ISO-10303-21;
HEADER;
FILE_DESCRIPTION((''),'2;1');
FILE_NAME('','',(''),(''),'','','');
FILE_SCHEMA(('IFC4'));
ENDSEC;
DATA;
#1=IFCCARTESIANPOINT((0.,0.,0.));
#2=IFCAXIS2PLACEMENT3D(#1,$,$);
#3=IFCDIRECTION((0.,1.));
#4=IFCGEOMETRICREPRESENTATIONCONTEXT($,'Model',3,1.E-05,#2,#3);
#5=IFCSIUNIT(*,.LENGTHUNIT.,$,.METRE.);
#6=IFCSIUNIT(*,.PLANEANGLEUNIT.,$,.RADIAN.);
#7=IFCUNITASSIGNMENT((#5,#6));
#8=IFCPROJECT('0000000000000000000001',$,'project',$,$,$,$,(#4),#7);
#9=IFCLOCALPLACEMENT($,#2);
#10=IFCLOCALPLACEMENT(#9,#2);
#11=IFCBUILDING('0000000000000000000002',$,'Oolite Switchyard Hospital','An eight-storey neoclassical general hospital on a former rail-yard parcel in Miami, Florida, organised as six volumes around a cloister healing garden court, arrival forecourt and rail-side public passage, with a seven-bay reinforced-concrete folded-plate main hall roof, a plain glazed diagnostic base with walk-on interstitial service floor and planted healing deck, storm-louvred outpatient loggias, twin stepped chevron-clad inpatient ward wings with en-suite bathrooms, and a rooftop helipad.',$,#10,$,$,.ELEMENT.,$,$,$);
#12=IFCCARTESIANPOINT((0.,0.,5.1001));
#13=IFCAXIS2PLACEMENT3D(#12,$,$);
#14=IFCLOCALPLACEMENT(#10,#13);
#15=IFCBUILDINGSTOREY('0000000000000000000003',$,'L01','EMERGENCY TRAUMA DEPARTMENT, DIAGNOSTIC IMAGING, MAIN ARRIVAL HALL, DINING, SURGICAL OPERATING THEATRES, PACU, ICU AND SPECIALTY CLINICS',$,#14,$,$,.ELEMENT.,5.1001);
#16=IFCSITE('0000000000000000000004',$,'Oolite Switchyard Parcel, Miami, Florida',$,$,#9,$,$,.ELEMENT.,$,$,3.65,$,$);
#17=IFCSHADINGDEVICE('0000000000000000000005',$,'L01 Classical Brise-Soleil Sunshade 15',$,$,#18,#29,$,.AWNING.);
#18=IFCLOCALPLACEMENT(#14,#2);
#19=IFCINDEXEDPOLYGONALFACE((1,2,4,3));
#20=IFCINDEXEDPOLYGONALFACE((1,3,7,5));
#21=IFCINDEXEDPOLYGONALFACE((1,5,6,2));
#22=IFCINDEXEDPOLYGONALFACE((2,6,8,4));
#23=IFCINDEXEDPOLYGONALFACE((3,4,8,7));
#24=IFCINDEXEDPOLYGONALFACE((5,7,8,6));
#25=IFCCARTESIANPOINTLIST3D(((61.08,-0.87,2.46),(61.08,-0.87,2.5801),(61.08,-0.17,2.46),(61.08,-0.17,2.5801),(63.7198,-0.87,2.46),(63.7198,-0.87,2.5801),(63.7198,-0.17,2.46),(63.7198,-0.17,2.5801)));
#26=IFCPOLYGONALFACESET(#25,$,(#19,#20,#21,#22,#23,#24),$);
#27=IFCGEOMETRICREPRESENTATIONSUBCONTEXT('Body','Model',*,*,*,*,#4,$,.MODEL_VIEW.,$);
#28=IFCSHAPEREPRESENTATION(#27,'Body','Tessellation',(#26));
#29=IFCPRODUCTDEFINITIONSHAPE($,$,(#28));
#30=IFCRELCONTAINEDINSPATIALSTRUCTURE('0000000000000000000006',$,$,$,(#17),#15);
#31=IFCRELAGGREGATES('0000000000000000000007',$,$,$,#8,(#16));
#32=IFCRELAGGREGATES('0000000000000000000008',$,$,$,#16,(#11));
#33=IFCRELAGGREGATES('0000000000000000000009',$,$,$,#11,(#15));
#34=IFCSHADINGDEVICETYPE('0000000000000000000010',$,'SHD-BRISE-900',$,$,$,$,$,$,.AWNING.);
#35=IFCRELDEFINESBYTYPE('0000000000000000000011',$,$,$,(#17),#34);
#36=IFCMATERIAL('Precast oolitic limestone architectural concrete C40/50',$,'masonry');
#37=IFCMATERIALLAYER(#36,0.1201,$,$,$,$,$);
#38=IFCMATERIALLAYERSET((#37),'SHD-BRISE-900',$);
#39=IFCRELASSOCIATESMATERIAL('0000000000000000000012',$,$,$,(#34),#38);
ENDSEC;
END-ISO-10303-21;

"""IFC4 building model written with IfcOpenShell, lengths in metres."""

from ifc_helpers import new_model, si_unit, direction, frame, origin, origin_2d, place, context, subcontext, project, spatial, rectangle, extrude, material, layer, layer_set, type_object, element, save


model = new_model("IFC4")

# Units and contexts
model_context = context("Model", 3, precision=1e-05, world=origin(), true_north=direction((0.0, 1.0)))
body_context = subcontext(model_context, "Body", "Model", "MODEL_VIEW")
ifc_project = project(units=[si_unit("LENGTHUNIT", "METRE"), si_unit("PLANEANGLEUNIT", "RADIAN")], contexts=[model_context])

# Site, building, storey
site_placement = place(None, origin())
site = spatial("IfcSite", under=ifc_project, at=site_placement, Name="Oolite Switchyard Parcel, Miami, Florida", CompositionType="ELEMENT", RefElevation=3.65)
building_placement = place(site_placement, origin())
building = spatial("IfcBuilding", under=site, at=building_placement, Name="Oolite Switchyard Hospital", Description="An eight-storey neoclassical general hospital on a former rail-yard parcel in Miami, Florida, organised as six volumes around a cloister healing garden court, arrival forecourt and rail-side public passage, with a seven-bay reinforced-concrete folded-plate main hall roof, a plain glazed diagnostic base with walk-on interstitial service floor and planted healing deck, storm-louvred outpatient loggias, twin stepped chevron-clad inpatient ward wings with en-suite bathrooms, and a rooftop helipad.", CompositionType="ELEMENT")
storey_placement = place(building_placement, frame((0.0, 0.0, 5.1001)))
storey = spatial("IfcBuildingStorey", under=building, at=storey_placement, Name="L01", Description="EMERGENCY TRAUMA DEPARTMENT, DIAGNOSTIC IMAGING, MAIN ARRIVAL HALL, DINING, SURGICAL OPERATING THEATRES, PACU, ICU AND SPECIALTY CLINICS", CompositionType="ELEMENT", Elevation=5.1001)

# Shared definitions
ifc_material_1 = material(Name="Precast oolitic limestone architectural concrete C40/50", Category="masonry")

# Shading device
ifc_layer_1 = layer(ifc_material_1, 0.1201)
ifc_layer_set_1 = layer_set([ifc_layer_1], Name="SHD-BRISE-900")
shading_device_type = type_object("IfcShadingDeviceType", Name="SHD-BRISE-900", PredefinedType="AWNING", material=ifc_layer_set_1)
shading_device_placement = place(storey_placement, frame((62.3999, -0.52, 2.46), z_axis=(0.0, 0.0, 1.0), x_axis=(1.0, 0.0, 0.0)))
element("IfcShadingDevice", 1, at=shading_device_placement, inside=storey, type_object=shading_device_type, Name="L01 Classical Brise-Soleil Sunshade 15", PredefinedType="AWNING", context=body_context, shape_type="SweptSolid", body=[
    extrude(rectangle(XDim=2.6399, YDim=0.7, at=origin_2d()), origin(), (0.0, 0.0, 1.0), 0.1201),
])

save(model, "model.ifc")
